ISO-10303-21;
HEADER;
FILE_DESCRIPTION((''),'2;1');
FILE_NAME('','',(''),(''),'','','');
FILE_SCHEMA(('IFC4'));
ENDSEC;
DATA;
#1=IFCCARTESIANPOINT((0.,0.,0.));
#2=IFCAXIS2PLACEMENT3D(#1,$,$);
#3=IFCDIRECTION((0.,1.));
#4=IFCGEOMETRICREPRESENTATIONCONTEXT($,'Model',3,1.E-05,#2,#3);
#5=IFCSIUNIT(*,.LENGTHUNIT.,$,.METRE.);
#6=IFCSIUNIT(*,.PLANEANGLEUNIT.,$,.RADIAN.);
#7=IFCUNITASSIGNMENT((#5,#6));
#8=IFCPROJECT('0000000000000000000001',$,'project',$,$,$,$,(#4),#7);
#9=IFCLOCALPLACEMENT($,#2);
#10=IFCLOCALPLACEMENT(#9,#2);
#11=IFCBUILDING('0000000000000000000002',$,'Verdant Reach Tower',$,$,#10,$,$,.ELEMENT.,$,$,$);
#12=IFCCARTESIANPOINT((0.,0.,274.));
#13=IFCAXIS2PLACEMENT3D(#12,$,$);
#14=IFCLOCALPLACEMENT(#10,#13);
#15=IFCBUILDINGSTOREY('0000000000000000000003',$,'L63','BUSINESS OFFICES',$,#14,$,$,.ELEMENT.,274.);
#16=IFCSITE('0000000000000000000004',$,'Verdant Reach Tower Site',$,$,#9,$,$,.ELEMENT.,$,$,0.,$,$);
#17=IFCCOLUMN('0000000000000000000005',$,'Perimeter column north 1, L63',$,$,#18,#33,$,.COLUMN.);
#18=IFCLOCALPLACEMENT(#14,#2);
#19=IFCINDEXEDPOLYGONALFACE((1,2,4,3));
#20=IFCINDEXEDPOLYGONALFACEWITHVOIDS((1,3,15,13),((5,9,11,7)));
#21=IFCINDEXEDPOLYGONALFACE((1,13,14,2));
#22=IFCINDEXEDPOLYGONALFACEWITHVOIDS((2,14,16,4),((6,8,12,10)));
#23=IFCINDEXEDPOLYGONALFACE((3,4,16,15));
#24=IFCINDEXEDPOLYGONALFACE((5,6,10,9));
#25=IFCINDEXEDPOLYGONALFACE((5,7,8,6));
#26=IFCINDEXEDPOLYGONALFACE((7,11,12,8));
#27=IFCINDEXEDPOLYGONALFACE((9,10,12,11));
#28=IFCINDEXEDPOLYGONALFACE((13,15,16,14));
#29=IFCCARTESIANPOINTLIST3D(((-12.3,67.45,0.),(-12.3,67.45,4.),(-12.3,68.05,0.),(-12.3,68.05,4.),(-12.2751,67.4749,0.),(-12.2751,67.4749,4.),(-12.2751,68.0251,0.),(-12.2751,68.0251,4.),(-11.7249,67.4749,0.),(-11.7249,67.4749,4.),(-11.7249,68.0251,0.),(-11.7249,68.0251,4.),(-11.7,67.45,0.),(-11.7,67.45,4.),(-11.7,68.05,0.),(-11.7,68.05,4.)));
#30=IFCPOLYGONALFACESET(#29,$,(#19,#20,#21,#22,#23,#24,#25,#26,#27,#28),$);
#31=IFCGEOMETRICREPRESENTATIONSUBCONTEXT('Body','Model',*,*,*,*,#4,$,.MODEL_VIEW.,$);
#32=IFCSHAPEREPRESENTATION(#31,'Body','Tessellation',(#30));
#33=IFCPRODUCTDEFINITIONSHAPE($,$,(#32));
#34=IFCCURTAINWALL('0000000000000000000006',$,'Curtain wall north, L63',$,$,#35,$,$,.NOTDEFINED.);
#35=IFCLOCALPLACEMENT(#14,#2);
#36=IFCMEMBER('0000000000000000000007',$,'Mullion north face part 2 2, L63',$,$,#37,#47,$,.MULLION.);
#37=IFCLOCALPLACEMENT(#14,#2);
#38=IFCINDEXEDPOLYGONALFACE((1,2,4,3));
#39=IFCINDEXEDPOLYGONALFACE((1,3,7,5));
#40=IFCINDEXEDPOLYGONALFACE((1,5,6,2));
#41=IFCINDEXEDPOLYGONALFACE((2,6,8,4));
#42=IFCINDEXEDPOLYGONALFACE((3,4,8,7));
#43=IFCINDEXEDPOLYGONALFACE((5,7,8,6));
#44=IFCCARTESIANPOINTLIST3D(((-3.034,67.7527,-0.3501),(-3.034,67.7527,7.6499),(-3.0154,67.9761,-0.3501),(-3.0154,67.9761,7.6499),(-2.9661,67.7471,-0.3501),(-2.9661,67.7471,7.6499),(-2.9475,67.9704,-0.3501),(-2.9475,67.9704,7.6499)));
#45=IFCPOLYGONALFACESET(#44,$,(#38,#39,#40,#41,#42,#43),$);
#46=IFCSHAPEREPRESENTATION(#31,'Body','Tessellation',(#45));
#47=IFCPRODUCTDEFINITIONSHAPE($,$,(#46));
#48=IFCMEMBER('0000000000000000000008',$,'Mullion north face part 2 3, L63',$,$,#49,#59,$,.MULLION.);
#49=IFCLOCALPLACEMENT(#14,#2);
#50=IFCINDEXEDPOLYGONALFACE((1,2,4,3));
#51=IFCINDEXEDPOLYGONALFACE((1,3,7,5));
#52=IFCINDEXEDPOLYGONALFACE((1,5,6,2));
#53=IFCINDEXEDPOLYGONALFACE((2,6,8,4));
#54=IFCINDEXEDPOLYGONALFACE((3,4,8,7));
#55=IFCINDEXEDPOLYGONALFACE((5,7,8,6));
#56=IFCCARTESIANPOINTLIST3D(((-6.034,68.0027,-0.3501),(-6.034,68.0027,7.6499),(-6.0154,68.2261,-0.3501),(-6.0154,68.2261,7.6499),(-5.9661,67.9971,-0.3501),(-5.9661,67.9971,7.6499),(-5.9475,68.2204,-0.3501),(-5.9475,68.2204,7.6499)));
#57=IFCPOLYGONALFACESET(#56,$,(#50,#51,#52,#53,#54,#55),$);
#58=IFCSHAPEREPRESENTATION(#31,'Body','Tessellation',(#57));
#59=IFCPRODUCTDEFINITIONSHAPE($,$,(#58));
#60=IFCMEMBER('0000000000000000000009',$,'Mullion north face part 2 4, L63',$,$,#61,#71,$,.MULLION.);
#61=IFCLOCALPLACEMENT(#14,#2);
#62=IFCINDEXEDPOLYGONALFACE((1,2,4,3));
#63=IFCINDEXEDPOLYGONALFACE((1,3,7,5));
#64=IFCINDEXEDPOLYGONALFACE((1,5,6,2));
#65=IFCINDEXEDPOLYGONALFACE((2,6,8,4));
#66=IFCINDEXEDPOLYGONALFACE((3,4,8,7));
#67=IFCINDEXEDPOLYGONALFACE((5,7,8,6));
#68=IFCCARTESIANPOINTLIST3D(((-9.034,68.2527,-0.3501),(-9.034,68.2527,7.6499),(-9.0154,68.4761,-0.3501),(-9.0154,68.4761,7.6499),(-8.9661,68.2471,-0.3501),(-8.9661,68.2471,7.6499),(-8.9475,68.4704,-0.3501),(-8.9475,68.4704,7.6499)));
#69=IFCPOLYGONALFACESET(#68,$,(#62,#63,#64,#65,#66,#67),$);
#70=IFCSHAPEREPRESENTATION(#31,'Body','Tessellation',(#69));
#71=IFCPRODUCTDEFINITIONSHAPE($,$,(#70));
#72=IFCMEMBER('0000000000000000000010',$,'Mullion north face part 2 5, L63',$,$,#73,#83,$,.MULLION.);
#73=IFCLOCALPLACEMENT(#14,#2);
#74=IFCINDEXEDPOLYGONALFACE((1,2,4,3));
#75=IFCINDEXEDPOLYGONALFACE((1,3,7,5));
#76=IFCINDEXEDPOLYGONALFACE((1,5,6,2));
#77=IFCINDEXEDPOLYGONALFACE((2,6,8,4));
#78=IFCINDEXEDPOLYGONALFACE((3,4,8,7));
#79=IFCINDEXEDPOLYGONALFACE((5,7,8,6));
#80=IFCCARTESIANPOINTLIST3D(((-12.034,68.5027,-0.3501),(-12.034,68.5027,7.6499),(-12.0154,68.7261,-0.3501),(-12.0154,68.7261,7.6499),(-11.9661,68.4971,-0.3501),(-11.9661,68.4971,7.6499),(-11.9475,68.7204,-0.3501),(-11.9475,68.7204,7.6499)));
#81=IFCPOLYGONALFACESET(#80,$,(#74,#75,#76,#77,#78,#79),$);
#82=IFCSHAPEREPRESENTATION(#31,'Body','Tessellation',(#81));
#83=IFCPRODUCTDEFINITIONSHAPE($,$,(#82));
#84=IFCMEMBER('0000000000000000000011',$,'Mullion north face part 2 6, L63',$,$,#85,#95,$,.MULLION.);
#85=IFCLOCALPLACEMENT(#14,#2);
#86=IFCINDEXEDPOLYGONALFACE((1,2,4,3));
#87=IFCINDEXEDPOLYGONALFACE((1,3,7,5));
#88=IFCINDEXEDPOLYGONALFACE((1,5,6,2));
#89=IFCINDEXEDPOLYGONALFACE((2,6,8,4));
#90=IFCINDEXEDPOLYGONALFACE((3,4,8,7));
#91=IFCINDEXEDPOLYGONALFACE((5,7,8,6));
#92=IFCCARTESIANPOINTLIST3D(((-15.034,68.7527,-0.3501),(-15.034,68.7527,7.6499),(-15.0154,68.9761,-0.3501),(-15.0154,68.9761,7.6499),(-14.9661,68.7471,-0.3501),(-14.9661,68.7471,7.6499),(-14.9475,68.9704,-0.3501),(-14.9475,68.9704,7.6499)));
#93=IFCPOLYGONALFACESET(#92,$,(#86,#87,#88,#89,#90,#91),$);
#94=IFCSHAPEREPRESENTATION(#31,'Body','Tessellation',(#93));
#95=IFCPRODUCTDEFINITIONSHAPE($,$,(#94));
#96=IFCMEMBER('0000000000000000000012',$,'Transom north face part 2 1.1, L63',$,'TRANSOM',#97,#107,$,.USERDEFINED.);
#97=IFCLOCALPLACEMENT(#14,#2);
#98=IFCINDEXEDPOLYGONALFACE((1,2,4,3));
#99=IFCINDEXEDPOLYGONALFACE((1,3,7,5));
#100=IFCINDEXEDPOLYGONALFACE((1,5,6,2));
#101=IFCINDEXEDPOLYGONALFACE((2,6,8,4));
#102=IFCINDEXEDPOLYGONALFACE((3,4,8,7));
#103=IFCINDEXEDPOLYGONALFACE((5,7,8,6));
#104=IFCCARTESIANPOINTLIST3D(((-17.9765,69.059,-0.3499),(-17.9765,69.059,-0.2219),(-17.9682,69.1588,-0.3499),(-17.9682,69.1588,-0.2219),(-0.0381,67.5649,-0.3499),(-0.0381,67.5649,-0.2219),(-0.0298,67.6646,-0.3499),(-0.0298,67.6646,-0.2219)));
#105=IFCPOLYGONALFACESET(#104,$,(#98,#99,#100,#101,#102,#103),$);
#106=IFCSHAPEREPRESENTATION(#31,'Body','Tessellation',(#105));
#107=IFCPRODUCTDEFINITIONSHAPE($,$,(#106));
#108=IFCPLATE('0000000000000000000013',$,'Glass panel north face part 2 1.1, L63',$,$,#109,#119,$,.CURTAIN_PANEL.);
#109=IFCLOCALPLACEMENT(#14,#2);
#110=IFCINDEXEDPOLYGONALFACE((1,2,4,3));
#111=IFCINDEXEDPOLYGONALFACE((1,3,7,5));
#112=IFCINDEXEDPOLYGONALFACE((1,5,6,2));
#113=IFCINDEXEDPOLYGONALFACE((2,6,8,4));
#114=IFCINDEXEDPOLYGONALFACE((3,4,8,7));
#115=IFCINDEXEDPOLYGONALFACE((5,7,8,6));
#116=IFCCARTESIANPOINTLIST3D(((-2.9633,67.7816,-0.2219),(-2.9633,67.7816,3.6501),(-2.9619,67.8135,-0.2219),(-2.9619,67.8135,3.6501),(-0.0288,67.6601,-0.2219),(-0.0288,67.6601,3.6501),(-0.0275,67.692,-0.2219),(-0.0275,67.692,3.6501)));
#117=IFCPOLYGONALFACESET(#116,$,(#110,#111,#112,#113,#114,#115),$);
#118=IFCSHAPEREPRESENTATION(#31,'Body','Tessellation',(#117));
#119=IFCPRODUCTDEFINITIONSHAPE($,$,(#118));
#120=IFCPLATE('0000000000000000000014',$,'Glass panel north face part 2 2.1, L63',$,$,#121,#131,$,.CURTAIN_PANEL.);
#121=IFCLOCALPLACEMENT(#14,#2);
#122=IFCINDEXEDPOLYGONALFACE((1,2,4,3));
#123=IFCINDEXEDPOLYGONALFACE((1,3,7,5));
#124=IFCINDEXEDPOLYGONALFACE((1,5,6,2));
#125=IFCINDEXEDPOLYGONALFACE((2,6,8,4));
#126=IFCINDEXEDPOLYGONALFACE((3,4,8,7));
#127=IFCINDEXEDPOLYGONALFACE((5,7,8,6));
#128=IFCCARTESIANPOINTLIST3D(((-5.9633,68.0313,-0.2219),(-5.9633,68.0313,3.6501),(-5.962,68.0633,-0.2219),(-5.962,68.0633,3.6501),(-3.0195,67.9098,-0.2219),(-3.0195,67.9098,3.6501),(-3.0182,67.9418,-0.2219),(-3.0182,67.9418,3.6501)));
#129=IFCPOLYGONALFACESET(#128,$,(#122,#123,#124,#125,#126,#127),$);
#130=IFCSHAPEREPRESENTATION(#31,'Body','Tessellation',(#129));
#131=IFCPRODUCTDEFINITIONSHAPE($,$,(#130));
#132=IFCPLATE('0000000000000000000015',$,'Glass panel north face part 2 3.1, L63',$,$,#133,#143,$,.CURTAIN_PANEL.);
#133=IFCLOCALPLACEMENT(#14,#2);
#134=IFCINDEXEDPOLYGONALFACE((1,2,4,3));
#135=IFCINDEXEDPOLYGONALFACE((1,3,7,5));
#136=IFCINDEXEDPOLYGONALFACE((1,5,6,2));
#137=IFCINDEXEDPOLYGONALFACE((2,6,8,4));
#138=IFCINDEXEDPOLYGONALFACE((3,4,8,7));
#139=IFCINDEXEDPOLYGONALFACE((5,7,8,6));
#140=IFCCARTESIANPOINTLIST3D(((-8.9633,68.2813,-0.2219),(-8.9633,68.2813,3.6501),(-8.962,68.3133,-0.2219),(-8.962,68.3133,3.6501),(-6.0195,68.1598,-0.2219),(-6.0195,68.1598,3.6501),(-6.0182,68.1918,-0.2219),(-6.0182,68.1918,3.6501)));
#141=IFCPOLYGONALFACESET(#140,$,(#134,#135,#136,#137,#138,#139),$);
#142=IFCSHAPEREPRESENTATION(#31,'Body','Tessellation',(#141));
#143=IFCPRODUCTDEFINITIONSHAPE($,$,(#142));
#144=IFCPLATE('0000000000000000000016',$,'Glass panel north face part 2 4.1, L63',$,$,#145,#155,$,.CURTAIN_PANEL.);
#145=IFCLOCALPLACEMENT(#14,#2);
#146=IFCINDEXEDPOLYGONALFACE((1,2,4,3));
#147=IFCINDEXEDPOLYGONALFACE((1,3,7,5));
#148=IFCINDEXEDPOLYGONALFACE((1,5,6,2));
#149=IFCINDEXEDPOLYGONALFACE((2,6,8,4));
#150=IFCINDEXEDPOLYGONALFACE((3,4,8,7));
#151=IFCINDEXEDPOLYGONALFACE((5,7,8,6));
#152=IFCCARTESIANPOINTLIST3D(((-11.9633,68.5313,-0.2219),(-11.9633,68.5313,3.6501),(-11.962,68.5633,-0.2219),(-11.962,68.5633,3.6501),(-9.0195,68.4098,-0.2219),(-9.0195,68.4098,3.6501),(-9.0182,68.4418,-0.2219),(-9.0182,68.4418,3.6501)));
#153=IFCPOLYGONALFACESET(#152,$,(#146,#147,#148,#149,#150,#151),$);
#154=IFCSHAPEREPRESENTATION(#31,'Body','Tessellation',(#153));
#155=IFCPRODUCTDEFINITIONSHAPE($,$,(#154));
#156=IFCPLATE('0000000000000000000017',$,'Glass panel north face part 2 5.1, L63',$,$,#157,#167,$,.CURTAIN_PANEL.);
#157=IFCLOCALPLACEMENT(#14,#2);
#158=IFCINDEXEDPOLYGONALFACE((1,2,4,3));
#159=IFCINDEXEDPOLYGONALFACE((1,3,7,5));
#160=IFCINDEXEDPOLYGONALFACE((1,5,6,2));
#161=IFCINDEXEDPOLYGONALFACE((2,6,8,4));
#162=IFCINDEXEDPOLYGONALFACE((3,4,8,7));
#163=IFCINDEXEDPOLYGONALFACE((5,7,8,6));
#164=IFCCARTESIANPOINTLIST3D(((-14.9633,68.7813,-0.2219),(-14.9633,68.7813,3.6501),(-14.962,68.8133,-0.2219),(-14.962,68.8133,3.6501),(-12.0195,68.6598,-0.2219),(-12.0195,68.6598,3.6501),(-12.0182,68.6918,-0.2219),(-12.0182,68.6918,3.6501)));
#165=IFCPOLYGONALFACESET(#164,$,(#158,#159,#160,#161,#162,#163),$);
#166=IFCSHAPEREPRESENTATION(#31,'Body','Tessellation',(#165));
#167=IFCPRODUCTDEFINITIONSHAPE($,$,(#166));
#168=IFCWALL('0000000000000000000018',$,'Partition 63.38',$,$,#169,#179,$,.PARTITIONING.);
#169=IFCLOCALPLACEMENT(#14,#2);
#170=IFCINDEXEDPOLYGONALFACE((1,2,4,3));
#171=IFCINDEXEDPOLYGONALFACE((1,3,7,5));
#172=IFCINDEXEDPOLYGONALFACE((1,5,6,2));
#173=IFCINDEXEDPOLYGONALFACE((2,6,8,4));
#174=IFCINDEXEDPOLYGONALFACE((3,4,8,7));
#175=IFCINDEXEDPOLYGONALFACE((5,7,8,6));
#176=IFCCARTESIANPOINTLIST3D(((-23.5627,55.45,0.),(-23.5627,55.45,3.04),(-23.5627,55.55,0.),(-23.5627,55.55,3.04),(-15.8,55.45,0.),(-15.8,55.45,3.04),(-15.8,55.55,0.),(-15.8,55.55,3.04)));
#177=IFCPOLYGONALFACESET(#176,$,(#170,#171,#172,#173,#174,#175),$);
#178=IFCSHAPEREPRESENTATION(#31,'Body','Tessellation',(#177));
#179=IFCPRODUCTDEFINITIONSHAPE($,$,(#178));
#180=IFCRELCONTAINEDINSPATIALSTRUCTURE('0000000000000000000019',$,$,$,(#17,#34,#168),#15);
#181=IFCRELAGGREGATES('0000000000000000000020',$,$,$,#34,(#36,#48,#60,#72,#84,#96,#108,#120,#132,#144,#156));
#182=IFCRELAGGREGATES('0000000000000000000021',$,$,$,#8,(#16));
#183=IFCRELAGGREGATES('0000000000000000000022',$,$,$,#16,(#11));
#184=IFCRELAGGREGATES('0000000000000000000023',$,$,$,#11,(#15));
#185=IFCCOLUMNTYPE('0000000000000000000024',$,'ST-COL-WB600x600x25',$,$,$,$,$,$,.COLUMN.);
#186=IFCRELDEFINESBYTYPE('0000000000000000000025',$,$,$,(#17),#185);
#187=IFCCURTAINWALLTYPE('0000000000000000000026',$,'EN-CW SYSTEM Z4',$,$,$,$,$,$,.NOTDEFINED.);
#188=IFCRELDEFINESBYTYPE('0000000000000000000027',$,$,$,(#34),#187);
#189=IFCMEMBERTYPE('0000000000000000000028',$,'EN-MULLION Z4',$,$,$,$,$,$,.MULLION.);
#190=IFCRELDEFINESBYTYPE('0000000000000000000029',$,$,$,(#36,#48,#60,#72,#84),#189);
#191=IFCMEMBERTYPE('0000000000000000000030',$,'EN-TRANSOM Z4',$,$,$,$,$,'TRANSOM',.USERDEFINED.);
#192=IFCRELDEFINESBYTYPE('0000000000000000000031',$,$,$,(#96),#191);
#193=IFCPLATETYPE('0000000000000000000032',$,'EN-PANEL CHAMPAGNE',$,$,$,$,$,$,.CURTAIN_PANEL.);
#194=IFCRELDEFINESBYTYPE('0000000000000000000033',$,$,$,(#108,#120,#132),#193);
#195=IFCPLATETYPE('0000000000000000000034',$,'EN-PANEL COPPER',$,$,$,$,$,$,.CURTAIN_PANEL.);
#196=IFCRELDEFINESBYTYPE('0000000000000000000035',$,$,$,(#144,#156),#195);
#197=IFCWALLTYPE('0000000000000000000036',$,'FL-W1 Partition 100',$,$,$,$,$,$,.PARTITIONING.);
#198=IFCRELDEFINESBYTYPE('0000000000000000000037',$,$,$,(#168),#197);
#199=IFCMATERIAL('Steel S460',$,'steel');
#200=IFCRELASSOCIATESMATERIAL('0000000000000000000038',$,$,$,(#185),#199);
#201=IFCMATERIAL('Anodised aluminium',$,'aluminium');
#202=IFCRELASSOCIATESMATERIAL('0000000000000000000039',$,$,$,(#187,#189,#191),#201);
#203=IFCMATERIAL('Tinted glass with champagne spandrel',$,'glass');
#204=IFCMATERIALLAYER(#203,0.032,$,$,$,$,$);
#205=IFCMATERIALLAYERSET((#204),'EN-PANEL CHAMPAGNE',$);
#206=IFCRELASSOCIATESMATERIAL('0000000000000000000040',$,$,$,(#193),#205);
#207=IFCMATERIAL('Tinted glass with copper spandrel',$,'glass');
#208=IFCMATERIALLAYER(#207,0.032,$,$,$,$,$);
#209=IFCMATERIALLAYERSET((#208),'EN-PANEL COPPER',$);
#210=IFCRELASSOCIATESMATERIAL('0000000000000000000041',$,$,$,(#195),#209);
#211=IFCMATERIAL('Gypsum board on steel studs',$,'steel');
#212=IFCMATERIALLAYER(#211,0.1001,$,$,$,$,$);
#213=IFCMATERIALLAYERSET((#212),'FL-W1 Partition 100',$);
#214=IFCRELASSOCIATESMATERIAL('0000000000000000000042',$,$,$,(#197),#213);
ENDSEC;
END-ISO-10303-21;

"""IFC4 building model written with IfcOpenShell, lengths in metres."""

from ifc_helpers import new_model, si_unit, direction, frame, frame_2d, origin, origin_2d, place, context, subcontext, project, spatial, rectangle, hollow_rectangle, extrude, material, layer, layer_set, material_profile, profile_set, type_object, element, aggregate, save


model = new_model("IFC4")

# Units and contexts
model_context = context("Model", 3, precision=1e-05, world=origin(), true_north=direction((0.0, 1.0)))
body_context = subcontext(model_context, "Body", "Model", "MODEL_VIEW")
ifc_project = project(units=[si_unit("LENGTHUNIT", "METRE"), si_unit("PLANEANGLEUNIT", "RADIAN")], contexts=[model_context])

# Site, building, storey
site_placement = place(None, origin())
site = spatial("IfcSite", under=ifc_project, at=site_placement, Name="Verdant Reach Tower Site", CompositionType="ELEMENT", RefElevation=0.0)
building_placement = place(site_placement, origin())
building = spatial("IfcBuilding", under=site, at=building_placement, Name="Verdant Reach Tower", CompositionType="ELEMENT")
storey_placement = place(building_placement, frame((0.0, 0.0, 274.0)))
storey = spatial("IfcBuildingStorey", under=building, at=storey_placement, Name="L63", Description="BUSINESS OFFICES", CompositionType="ELEMENT", Elevation=274.0)

# Column
ifc_material_1 = material(Name="Steel S460", Category="steel")
ifc_material_profile_1 = material_profile(ifc_material_1, hollow_rectangle(XDim=0.6001, YDim=0.6001, WallThickness=0.0249, at=origin_2d()), Name="WB 600x600x25")
ifc_profile_set_1 = profile_set([ifc_material_profile_1], Name="Steel S460")
column_type = type_object("IfcColumnType", Name="ST-COL-WB600x600x25", PredefinedType="COLUMN", material=ifc_profile_set_1)
column_placement = place(storey_placement, frame((-12.0, 67.75, 0.0), z_axis=(0.0, 0.0, 1.0), x_axis=(1.0, 0.0, 0.0)))
element("IfcColumn", 1, at=column_placement, inside=storey, type_object=column_type, Name="Perimeter column north 1, L63", PredefinedType="COLUMN", context=body_context, shape_type="SweptSolid", body=[
    extrude(hollow_rectangle(XDim=0.6001, YDim=0.6001, WallThickness=0.0249, at=origin_2d()), origin(), (0.0, 0.0, 1.0), 4.0),
])

# Curtain wall, members, plates
ifc_material_2 = material(Name="Anodised aluminium", Category="aluminium")
curtain_wall_type = type_object("IfcCurtainWallType", Name="EN-CW SYSTEM Z4", PredefinedType="NOTDEFINED", material=ifc_material_2)
curtain_wall_placement = place(storey_placement, origin())
curtain_wall = element("IfcCurtainWall", 2, at=curtain_wall_placement, inside=storey, type_object=curtain_wall_type, Name="Curtain wall north, L63", PredefinedType="NOTDEFINED")
ifc_material_profile_2 = material_profile(ifc_material_2, rectangle(XDim=0.2241, YDim=0.0681, at=origin_2d()), Name="Mullion 68x224")
ifc_profile_set_2 = profile_set([ifc_material_profile_2], Name="Anodised aluminium")
member_type_1 = type_object("IfcMemberType", Name="EN-MULLION Z4", PredefinedType="MULLION", material=ifc_profile_set_2)
member_1_placement = place(storey_placement, frame((-2.9907, 67.8616, -0.3501), z_axis=(0.0, 0.0, 1.0), x_axis=(0.083045, 0.996546, 0.0)))
member_1 = element("IfcMember", 3, at=member_1_placement, type_object=member_type_1, Name="Mullion north face part 2 2, L63", PredefinedType="MULLION", context=body_context, shape_type="SweptSolid", body=[
    extrude(rectangle(XDim=0.2241, YDim=0.0681, at=origin_2d()), origin(), (0.0, 0.0, 1.0), 8.0),
])
member_2_placement = place(storey_placement, frame((-5.9907, 68.1116, -0.3501), z_axis=(0.0, 0.0, 1.0), x_axis=(0.083045, 0.996546, 0.0)))
member_2 = element("IfcMember", 4, at=member_2_placement, type_object=member_type_1, Name="Mullion north face part 2 3, L63", PredefinedType="MULLION", context=body_context, shape_type="SweptSolid", body=[
    extrude(rectangle(XDim=0.2241, YDim=0.0681, at=origin_2d()), origin(), (0.0, 0.0, 1.0), 8.0),
])
member_3_placement = place(storey_placement, frame((-8.9907, 68.3616, -0.3501), z_axis=(0.0, 0.0, 1.0), x_axis=(0.083045, 0.996546, 0.0)))
member_3 = element("IfcMember", 5, at=member_3_placement, type_object=member_type_1, Name="Mullion north face part 2 4, L63", PredefinedType="MULLION", context=body_context, shape_type="SweptSolid", body=[
    extrude(rectangle(XDim=0.2241, YDim=0.0681, at=origin_2d()), origin(), (0.0, 0.0, 1.0), 8.0),
])
member_4_placement = place(storey_placement, frame((-11.9907, 68.6116, -0.3501), z_axis=(0.0, 0.0, 1.0), x_axis=(0.083045, 0.996546, 0.0)))
member_4 = element("IfcMember", 6, at=member_4_placement, type_object=member_type_1, Name="Mullion north face part 2 5, L63", PredefinedType="MULLION", context=body_context, shape_type="SweptSolid", body=[
    extrude(rectangle(XDim=0.2241, YDim=0.0681, at=origin_2d()), origin(), (0.0, 0.0, 1.0), 8.0),
])
member_5_placement = place(storey_placement, frame((-14.9907, 68.8616, -0.3501), z_axis=(0.0, 0.0, 1.0), x_axis=(0.083045, 0.996546, 0.0)))
member_5 = element("IfcMember", 7, at=member_5_placement, type_object=member_type_1, Name="Mullion north face part 2 6, L63", PredefinedType="MULLION", context=body_context, shape_type="SweptSolid", body=[
    extrude(rectangle(XDim=0.2241, YDim=0.0681, at=origin_2d()), origin(), (0.0, 0.0, 1.0), 8.0),
])
ifc_material_profile_3 = material_profile(ifc_material_2, rectangle(XDim=0.1001, YDim=0.1279, at=origin_2d()), Name="Transom 128x100")
ifc_profile_set_3 = profile_set([ifc_material_profile_3], Name="Anodised aluminium")
member_type_2 = type_object("IfcMemberType", Name="EN-TRANSOM Z4", ElementType="TRANSOM", PredefinedType="USERDEFINED", material=ifc_profile_set_3)
member_6_placement = place(storey_placement, frame((-0.0339, 67.6147, -0.2859), z_axis=(-0.996549, 0.083005, 0.0), x_axis=(-0.083005, -0.996549, 0.0)))
member_6 = element("IfcMember", 8, at=member_6_placement, type_object=member_type_2, Name="Transom north face part 2 1.1, L63", ObjectType="TRANSOM", PredefinedType="USERDEFINED", context=body_context, shape_type="SweptSolid", body=[
    extrude(rectangle(XDim=0.1001, YDim=0.1279, at=origin_2d()), origin(), (0.0, 0.0, 1.0), 18.0005),
])
ifc_material_3 = material(Name="Tinted glass with champagne spandrel", Category="glass")
ifc_layer_1 = layer(ifc_material_3, 0.032)
ifc_layer_set_1 = layer_set([ifc_layer_1], Name="EN-PANEL CHAMPAGNE")
plate_type_1 = type_object("IfcPlateType", Name="EN-PANEL CHAMPAGNE", PredefinedType="CURTAIN_PANEL", material=ifc_layer_set_1)
plate_1_placement = place(storey_placement, frame((-1.4954, 67.7368, -0.2219), z_axis=(0.0, 0.0, 1.0), x_axis=(-0.999144, 0.04137, 0.0)))
plate_1 = element("IfcPlate", 9, at=plate_1_placement, type_object=plate_type_1, Name="Glass panel north face part 2 1.1, L63", PredefinedType="CURTAIN_PANEL", context=body_context, shape_type="SweptSolid", body=[
    extrude(rectangle(XDim=2.937, YDim=0.032, at=origin_2d()), origin(), (0.0, 0.0, 1.0), 3.8721),
])
plate_2_placement = place(storey_placement, frame((-4.4907, 67.9866, -0.2219), z_axis=(0.0, 0.0, 1.0), x_axis=(-0.999149, 0.041242, 0.0)))
plate_2 = element("IfcPlate", 10, at=plate_2_placement, type_object=plate_type_1, Name="Glass panel north face part 2 2.1, L63", PredefinedType="CURTAIN_PANEL", context=body_context, shape_type="SweptSolid", body=[
    extrude(rectangle(XDim=2.9463, YDim=0.032, at=origin_2d()), origin(), (0.0, 0.0, 1.0), 3.8721),
])
plate_3_placement = place(storey_placement, frame((-7.4907, 68.2366, -0.2219), z_axis=(0.0, 0.0, 1.0), x_axis=(-0.999149, 0.041242, 0.0)))
plate_3 = element("IfcPlate", 11, at=plate_3_placement, type_object=plate_type_1, Name="Glass panel north face part 2 3.1, L63", PredefinedType="CURTAIN_PANEL", context=body_context, shape_type="SweptSolid", body=[
    extrude(rectangle(XDim=2.9463, YDim=0.032, at=origin_2d()), origin(), (0.0, 0.0, 1.0), 3.8721),
])
ifc_material_4 = material(Name="Tinted glass with copper spandrel", Category="glass")
ifc_layer_2 = layer(ifc_material_4, 0.032)
ifc_layer_set_2 = layer_set([ifc_layer_2], Name="EN-PANEL COPPER")
plate_type_2 = type_object("IfcPlateType", Name="EN-PANEL COPPER", PredefinedType="CURTAIN_PANEL", material=ifc_layer_set_2)
plate_4_placement = place(storey_placement, frame((-10.4907, 68.4866, -0.2219), z_axis=(0.0, 0.0, 1.0), x_axis=(-0.999149, 0.041242, 0.0)))
plate_4 = element("IfcPlate", 12, at=plate_4_placement, type_object=plate_type_2, Name="Glass panel north face part 2 4.1, L63", PredefinedType="CURTAIN_PANEL", context=body_context, shape_type="SweptSolid", body=[
    extrude(rectangle(XDim=2.9463, YDim=0.032, at=origin_2d()), origin(), (0.0, 0.0, 1.0), 3.8721),
])
plate_5_placement = place(storey_placement, frame((-13.4907, 68.7366, -0.2219), z_axis=(0.0, 0.0, 1.0), x_axis=(-0.999149, 0.041242, 0.0)))
plate_5 = element("IfcPlate", 13, at=plate_5_placement, type_object=plate_type_2, Name="Glass panel north face part 2 5.1, L63", PredefinedType="CURTAIN_PANEL", context=body_context, shape_type="SweptSolid", body=[
    extrude(rectangle(XDim=2.9463, YDim=0.032, at=origin_2d()), origin(), (0.0, 0.0, 1.0), 3.8721),
])
aggregate(curtain_wall, [member_1, member_2, member_3, member_4, member_5, member_6, plate_1, plate_2, plate_3, plate_4, plate_5])

# Wall
ifc_material_5 = material(Name="Gypsum board on steel studs", Category="steel")
ifc_layer_3 = layer(ifc_material_5, 0.1001)
ifc_layer_set_3 = layer_set([ifc_layer_3], Name="FL-W1 Partition 100")
wall_type_1 = type_object("IfcWallType", Name="FL-W1 Partition 100", PredefinedType="PARTITIONING", material=ifc_layer_set_3)
wall_1_placement = place(storey_placement, frame((-15.8, 55.5, 0.0), z_axis=(0.0, 0.0, 1.0), x_axis=(-1.0, 0.0, 0.0)))
element("IfcWall", 14, at=wall_1_placement, inside=storey, type_object=wall_type_1, Name="Partition 63.38", PredefinedType="PARTITIONING", context=body_context, shape_type="SweptSolid", body=[
    extrude(rectangle(XDim=7.7627, YDim=0.1001, at=frame_2d((3.8813, 0.0))), origin(), (0.0, 0.0, 1.0), 3.04),
])

save(model, "model.ifc")
